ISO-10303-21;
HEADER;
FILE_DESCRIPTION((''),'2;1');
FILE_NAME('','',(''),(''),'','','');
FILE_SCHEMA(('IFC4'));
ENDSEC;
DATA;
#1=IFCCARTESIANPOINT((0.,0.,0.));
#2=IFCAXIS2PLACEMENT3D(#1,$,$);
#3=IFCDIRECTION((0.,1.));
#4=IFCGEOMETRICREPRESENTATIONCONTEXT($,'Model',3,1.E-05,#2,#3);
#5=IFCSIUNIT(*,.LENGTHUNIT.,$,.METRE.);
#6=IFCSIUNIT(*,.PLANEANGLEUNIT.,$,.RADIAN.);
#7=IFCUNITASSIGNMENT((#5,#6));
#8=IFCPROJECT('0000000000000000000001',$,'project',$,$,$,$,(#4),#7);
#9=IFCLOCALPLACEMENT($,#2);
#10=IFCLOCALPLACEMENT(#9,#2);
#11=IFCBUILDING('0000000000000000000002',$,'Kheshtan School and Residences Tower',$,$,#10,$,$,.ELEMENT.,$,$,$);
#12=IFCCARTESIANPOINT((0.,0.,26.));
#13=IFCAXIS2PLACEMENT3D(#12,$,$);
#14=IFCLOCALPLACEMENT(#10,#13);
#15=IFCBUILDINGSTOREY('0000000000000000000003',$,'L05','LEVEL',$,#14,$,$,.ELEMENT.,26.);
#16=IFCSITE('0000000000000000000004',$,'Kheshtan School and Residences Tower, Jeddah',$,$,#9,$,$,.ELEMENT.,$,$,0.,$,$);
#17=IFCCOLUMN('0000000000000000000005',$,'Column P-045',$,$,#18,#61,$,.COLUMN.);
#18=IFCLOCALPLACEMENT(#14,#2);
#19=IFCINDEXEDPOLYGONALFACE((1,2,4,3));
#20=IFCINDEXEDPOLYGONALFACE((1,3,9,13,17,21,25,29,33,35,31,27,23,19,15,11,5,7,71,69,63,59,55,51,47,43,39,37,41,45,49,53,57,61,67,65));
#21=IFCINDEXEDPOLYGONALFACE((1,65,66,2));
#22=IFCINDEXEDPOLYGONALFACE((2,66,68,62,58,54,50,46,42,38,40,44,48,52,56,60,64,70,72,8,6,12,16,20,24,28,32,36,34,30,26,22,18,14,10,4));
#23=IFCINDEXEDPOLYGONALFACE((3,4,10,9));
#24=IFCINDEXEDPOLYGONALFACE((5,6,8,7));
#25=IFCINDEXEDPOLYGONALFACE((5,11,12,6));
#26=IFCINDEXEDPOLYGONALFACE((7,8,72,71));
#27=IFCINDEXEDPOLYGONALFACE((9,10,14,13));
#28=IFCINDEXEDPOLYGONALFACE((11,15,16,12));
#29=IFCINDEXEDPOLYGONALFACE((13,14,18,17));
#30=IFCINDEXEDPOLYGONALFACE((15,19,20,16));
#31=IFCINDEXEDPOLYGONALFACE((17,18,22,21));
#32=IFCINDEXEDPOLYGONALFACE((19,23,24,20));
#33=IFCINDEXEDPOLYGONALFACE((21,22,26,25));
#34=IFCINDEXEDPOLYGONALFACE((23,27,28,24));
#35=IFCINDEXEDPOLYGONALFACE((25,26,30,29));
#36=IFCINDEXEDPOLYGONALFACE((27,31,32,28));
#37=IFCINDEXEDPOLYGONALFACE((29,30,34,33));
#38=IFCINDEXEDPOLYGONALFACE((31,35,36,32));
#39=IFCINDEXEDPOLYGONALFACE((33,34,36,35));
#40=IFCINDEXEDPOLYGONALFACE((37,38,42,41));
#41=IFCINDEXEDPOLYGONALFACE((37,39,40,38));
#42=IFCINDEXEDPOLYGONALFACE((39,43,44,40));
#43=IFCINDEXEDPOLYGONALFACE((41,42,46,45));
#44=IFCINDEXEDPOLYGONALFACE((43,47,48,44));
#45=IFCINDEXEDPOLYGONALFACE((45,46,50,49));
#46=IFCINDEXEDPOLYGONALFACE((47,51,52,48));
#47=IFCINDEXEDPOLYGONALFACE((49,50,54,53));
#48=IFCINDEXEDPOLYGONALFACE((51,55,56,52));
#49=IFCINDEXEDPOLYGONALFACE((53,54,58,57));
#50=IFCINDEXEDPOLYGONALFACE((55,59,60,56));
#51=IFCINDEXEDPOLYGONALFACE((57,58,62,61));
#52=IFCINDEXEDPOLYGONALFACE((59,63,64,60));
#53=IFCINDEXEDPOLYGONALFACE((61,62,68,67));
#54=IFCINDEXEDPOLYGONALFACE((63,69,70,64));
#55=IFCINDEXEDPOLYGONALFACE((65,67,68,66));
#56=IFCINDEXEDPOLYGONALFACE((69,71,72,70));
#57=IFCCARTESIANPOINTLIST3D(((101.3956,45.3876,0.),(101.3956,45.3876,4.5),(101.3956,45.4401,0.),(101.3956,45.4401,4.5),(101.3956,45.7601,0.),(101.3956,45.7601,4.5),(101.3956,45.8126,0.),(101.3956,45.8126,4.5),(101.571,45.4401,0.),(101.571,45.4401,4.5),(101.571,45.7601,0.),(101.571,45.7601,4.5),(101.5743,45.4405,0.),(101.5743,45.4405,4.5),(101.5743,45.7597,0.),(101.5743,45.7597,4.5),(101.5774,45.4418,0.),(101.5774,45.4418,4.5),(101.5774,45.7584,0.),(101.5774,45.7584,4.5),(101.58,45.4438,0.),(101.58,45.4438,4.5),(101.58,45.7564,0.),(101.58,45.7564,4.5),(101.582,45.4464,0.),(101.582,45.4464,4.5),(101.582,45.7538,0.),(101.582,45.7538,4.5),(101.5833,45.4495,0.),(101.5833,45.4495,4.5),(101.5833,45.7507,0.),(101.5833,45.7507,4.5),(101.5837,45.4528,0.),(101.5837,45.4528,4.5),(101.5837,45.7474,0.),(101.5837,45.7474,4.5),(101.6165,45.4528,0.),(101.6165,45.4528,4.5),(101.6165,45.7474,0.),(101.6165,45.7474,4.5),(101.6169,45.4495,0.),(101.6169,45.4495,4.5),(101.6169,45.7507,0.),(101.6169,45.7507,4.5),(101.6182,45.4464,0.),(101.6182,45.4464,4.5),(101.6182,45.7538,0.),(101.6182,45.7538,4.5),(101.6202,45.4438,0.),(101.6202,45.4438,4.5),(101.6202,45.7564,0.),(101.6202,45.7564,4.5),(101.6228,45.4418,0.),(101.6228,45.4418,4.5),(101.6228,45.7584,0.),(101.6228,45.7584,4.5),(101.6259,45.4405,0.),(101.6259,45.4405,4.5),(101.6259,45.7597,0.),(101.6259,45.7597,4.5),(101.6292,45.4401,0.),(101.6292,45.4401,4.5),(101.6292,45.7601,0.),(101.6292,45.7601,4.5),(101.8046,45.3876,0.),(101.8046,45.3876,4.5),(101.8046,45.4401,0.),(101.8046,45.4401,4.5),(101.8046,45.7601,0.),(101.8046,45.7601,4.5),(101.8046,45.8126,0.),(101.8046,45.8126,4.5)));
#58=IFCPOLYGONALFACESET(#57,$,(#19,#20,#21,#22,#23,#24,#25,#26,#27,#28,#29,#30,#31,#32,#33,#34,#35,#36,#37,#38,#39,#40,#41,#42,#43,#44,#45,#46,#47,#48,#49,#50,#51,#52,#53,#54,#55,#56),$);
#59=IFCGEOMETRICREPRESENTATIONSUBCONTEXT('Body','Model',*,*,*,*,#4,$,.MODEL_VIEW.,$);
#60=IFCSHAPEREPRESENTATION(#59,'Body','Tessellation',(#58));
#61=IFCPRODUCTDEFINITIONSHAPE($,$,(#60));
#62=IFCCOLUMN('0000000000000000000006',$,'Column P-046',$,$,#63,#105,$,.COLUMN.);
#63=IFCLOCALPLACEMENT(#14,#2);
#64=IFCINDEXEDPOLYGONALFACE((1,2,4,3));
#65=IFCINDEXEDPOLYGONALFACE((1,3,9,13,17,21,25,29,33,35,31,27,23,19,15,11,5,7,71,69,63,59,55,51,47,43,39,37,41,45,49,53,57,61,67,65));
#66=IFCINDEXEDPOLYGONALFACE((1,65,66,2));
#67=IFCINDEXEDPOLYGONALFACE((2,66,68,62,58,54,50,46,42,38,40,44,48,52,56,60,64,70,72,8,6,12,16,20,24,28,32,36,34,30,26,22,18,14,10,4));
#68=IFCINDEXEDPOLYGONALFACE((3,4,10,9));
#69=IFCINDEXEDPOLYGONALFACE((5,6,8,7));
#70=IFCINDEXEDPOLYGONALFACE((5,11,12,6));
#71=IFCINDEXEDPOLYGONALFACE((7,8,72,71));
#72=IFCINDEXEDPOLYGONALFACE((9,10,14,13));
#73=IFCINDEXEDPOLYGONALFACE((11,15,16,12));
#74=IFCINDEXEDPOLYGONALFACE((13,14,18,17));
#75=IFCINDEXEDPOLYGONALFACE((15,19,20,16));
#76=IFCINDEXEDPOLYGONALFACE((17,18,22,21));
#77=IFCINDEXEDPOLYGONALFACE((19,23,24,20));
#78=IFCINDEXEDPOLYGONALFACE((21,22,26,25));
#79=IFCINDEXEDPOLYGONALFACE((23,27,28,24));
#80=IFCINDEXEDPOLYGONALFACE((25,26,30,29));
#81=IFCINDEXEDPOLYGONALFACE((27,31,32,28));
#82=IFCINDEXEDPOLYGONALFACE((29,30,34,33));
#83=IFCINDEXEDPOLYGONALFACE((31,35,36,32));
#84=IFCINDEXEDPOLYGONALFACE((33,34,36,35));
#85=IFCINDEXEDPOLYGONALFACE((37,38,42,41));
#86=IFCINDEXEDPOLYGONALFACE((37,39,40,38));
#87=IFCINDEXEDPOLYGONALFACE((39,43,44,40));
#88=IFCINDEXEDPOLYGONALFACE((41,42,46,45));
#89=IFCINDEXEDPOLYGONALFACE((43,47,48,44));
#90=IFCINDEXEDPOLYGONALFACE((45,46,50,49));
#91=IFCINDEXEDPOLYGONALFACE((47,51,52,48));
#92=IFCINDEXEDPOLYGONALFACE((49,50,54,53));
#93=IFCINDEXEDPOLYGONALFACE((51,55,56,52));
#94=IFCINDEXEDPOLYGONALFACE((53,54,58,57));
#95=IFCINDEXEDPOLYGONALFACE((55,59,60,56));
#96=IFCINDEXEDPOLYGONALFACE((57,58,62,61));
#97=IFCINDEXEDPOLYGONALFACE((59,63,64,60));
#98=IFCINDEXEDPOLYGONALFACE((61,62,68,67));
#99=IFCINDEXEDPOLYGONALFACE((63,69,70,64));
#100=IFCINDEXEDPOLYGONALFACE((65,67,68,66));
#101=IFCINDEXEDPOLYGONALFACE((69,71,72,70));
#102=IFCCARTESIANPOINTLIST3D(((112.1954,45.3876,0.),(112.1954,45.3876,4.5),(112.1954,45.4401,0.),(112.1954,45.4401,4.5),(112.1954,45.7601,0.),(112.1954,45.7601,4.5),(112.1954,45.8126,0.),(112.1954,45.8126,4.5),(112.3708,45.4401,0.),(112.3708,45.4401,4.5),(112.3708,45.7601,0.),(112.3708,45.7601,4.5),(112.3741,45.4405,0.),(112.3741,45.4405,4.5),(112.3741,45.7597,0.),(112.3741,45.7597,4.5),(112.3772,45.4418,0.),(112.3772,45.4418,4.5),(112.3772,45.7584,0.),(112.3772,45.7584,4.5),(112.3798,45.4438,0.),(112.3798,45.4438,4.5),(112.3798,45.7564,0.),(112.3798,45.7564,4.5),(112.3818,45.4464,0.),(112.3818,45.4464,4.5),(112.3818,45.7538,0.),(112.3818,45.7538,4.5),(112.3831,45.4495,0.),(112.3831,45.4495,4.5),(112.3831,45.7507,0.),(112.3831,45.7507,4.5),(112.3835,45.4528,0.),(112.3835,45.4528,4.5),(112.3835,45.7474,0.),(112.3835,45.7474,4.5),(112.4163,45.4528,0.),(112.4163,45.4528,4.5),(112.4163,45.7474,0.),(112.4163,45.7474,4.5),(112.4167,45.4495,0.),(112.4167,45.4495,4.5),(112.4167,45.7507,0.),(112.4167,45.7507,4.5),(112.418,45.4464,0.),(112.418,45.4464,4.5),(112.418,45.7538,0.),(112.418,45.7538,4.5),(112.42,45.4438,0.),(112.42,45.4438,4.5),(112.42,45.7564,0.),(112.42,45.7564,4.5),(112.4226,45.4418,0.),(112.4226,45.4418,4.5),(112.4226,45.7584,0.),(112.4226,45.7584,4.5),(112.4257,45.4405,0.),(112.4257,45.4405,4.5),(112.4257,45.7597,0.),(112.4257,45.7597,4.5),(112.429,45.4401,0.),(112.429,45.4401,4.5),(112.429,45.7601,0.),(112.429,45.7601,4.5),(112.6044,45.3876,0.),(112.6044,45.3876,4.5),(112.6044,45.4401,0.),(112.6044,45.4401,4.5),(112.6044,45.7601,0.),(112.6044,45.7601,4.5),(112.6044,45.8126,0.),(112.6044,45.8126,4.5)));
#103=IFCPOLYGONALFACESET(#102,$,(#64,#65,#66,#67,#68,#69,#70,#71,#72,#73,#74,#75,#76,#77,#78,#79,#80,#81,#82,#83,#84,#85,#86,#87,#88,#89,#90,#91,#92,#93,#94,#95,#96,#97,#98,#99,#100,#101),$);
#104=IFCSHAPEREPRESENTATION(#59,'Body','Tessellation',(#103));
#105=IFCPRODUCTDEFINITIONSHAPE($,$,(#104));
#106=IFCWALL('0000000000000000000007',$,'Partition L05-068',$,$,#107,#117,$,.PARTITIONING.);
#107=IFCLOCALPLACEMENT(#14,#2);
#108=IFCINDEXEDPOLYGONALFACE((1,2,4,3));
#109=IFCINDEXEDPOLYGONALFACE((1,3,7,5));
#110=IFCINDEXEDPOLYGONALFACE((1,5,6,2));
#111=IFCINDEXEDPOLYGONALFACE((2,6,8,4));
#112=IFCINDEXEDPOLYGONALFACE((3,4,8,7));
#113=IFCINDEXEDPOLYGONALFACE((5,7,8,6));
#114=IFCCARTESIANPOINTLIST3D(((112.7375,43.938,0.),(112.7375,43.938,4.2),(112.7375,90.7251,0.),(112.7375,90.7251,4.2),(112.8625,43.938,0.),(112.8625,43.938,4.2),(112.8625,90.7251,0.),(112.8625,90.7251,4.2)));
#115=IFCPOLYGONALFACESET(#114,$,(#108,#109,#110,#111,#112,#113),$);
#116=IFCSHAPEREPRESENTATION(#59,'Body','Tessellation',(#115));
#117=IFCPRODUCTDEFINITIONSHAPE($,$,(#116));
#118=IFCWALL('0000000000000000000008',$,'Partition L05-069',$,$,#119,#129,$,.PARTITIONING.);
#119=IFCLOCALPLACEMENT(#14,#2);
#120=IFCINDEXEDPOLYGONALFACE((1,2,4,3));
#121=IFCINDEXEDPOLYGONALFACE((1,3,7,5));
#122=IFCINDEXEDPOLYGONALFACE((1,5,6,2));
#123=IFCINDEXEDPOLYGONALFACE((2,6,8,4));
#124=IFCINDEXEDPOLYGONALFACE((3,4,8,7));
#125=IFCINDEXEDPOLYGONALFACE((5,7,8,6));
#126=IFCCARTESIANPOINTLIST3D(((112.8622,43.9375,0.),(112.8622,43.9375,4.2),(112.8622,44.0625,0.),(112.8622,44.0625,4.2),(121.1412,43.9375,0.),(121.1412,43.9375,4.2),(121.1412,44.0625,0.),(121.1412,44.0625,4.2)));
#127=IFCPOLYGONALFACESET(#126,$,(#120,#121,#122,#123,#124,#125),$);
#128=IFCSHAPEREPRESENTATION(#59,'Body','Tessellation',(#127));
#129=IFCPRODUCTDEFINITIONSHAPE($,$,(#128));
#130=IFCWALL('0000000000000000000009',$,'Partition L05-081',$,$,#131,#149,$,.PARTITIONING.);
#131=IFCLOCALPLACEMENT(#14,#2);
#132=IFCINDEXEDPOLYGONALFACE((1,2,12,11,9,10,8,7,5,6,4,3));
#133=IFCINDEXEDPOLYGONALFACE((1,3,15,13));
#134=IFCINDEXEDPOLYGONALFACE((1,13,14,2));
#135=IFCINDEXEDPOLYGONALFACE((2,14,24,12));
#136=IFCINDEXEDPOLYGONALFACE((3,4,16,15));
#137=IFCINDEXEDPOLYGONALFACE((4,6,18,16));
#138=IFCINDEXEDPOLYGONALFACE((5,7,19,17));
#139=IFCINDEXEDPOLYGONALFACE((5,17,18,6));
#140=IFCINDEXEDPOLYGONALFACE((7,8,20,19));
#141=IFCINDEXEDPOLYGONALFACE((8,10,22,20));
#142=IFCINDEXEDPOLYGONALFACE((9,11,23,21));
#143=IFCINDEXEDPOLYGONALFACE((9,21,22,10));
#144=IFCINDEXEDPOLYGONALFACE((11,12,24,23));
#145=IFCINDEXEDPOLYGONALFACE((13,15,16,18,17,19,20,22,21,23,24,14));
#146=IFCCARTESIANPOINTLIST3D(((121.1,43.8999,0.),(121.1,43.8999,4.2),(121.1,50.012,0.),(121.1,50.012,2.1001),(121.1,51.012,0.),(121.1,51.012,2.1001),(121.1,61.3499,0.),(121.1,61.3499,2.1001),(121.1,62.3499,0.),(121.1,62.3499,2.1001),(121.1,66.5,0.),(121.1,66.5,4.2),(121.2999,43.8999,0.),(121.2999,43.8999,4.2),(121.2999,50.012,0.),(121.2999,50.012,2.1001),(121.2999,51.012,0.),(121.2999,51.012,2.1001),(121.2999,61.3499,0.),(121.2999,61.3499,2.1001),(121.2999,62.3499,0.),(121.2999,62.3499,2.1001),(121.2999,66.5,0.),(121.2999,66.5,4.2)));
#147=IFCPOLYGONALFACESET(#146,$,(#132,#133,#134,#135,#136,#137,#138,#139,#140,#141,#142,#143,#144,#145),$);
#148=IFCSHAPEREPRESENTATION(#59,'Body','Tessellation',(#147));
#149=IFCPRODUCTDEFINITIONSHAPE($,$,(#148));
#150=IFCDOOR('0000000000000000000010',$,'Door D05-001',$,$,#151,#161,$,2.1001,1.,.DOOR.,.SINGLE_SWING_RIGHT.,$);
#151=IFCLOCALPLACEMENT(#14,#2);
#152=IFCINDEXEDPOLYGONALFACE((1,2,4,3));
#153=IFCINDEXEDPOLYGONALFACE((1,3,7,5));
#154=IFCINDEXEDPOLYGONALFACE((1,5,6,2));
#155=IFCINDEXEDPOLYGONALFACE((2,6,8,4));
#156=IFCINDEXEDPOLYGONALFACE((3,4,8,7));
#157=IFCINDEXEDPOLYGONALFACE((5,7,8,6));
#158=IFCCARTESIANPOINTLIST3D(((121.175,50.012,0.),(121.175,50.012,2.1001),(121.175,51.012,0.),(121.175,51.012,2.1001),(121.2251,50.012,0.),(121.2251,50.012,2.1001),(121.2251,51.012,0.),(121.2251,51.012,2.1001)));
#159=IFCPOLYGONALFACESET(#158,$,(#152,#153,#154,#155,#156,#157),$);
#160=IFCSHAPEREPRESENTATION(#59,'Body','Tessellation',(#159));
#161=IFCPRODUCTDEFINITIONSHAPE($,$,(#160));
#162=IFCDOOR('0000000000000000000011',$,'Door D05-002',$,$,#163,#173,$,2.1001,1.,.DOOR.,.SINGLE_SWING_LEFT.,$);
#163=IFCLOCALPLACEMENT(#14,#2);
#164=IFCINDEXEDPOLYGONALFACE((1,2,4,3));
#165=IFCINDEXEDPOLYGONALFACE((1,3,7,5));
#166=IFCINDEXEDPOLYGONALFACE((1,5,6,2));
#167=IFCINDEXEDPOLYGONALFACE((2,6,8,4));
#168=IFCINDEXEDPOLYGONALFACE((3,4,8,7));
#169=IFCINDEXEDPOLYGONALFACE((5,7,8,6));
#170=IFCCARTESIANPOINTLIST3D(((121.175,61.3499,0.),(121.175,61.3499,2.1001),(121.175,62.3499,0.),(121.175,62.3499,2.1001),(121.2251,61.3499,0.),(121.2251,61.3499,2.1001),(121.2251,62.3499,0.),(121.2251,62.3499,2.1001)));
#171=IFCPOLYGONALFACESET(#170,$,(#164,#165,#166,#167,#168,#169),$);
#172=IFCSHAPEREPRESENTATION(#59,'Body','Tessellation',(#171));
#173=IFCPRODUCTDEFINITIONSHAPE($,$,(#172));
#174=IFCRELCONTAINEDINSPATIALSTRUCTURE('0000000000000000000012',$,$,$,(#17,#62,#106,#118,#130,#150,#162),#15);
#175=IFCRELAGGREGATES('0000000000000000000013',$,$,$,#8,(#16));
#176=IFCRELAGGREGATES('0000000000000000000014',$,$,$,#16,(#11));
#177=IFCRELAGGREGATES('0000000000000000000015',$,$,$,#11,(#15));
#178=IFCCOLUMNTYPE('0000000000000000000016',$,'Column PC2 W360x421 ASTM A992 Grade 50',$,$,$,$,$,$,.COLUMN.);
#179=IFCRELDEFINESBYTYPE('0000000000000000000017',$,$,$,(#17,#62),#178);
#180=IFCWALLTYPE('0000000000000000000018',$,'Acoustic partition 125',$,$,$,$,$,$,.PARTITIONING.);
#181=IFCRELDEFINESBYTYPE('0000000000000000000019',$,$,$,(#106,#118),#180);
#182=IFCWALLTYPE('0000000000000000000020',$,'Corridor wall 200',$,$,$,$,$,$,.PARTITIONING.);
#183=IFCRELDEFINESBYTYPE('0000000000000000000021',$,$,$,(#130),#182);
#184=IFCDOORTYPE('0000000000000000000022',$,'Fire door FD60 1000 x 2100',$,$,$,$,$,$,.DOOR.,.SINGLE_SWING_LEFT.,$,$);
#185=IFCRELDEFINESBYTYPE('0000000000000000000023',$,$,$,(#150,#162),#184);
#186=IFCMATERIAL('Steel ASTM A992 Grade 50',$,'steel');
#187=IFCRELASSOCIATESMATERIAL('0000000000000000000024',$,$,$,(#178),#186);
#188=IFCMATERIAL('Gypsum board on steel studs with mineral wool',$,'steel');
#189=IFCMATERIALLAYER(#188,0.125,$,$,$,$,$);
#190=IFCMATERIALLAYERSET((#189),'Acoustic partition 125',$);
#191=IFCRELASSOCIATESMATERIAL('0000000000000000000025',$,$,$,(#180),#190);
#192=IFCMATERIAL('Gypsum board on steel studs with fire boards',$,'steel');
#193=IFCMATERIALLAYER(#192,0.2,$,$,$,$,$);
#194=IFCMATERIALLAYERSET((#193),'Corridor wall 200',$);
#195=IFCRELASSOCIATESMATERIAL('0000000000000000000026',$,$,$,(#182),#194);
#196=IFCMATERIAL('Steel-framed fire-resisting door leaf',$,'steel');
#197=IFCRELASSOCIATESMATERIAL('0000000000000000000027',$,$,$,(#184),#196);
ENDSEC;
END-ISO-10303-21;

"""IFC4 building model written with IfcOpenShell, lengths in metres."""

from ifc_helpers import new_model, si_unit, direction, frame, frame_2d, origin, origin_2d, place, context, subcontext, project, spatial, rectangle, i_section, extrude, source, transform, mapped, material, layer, layer_set, material_profile, profile_set, type_object, element, fill, save


model = new_model("IFC4")

# Units and contexts
model_context = context("Model", 3, precision=1e-05, world=origin(), true_north=direction((0.0, 1.0)))
body_context = subcontext(model_context, "Body", "Model", "MODEL_VIEW")
ifc_project = project(units=[si_unit("LENGTHUNIT", "METRE"), si_unit("PLANEANGLEUNIT", "RADIAN")], contexts=[model_context])

# Site, building, storey
site_placement = place(None, origin())
site = spatial("IfcSite", under=ifc_project, at=site_placement, Name="Kheshtan School and Residences Tower, Jeddah", CompositionType="ELEMENT", RefElevation=0.0)
building_placement = place(site_placement, origin())
building = spatial("IfcBuilding", under=site, at=building_placement, Name="Kheshtan School and Residences Tower", CompositionType="ELEMENT")
storey_placement = place(building_placement, frame((0.0, 0.0, 26.0)))
storey = spatial("IfcBuildingStorey", under=building, at=storey_placement, Name="L05", Description="LEVEL", CompositionType="ELEMENT", Elevation=26.0)

# Columns
ifc_material_1 = material(Name="Steel ASTM A992 Grade 50", Category="steel")
ifc_material_profile = material_profile(ifc_material_1, i_section(OverallWidth=0.4089, OverallDepth=0.425, WebThickness=0.0327, FlangeThickness=0.0525, FilletRadius=0.0127, at=origin_2d()), Name="W360x421")
ifc_profile_set = profile_set([ifc_material_profile], Name="Steel ASTM A992 Grade 50")
column_type = type_object("IfcColumnType", Name="Column PC2 W360x421 ASTM A992 Grade 50", PredefinedType="COLUMN", material=ifc_profile_set)
for number, where, z_axis, x_axis, name in (
    (1, (101.6001, 45.6001, 0.0), (0.0, 0.0, 1.0), (1.0, 0.0, 0.0), "Column P-045"),
    (2, (112.3999, 45.6001, 0.0), (0.0, 0.0, 1.0), (1.0, 0.0, 0.0), "Column P-046"),
):
    element("IfcColumn", number, at=place(storey_placement, frame(where, z_axis=z_axis, x_axis=x_axis)), inside=storey, type_object=column_type, Name=name, PredefinedType="COLUMN", context=body_context, shape_type="SweptSolid", body=[
        extrude(i_section(OverallWidth=0.4089, OverallDepth=0.425, WebThickness=0.0327, FlangeThickness=0.0525, FilletRadius=0.0127, at=origin_2d()), origin(), (0.0, 0.0, 1.0), 4.5),
    ])

# Walls
ifc_material_2 = material(Name="Gypsum board on steel studs with mineral wool", Category="steel")
ifc_layer_1 = layer(ifc_material_2, 0.125)
ifc_layer_set_1 = layer_set([ifc_layer_1], Name="Acoustic partition 125")
wall_type_1 = type_object("IfcWallType", Name="Acoustic partition 125", PredefinedType="PARTITIONING", material=ifc_layer_set_1)
wall_1_placement = place(storey_placement, frame((112.8, 43.938, 0.0), z_axis=(0.0, 0.0, 1.0), x_axis=(0.0, 1.0, 0.0)))
element("IfcWall", 3, at=wall_1_placement, inside=storey, type_object=wall_type_1, Name="Partition L05-068", PredefinedType="PARTITIONING", context=body_context, shape_type="SweptSolid", body=[
    extrude(rectangle(XDim=46.7871, YDim=0.125, at=frame_2d((23.3936, 0.0))), origin(), (0.0, 0.0, 1.0), 4.2),
])
wall_2_placement = place(storey_placement, frame((112.8621, 44.0, 0.0), z_axis=(0.0, 0.0, 1.0), x_axis=(1.0, 0.0, 0.0)))
element("IfcWall", 4, at=wall_2_placement, inside=storey, type_object=wall_type_1, Name="Partition L05-069", PredefinedType="PARTITIONING", context=body_context, shape_type="SweptSolid", body=[
    extrude(rectangle(XDim=8.2791, YDim=0.125, at=frame_2d((4.1396, 0.0))), origin(), (0.0, 0.0, 1.0), 4.2),
])

# Wall, openings, doors
ifc_material_3 = material(Name="Gypsum board on steel studs with fire boards", Category="steel")
ifc_layer_2 = layer(ifc_material_3, 0.2)
ifc_layer_set_2 = layer_set([ifc_layer_2], Name="Corridor wall 200")
wall_type_2 = type_object("IfcWallType", Name="Corridor wall 200", PredefinedType="PARTITIONING", material=ifc_layer_set_2)
wall_3_placement = place(storey_placement, frame((121.2, 43.8999, 0.0), z_axis=(0.0, 0.0, 1.0), x_axis=(0.0, 1.0, 0.0)))
wall_3 = element("IfcWall", 5, at=wall_3_placement, inside=storey, type_object=wall_type_2, Name="Partition L05-081", PredefinedType="PARTITIONING", context=body_context, shape_type="SweptSolid", body=[
    extrude(rectangle(XDim=22.6001, YDim=0.2, at=frame_2d((11.3, 0.0))), origin(), (0.0, 0.0, 1.0), 4.2),
])
opening_1_placement = place(wall_3_placement, frame((6.1121, 0.0, 0.0)))
opening_1 = element("IfcOpeningElement", 6, at=opening_1_placement, cuts=wall_3, PredefinedType="OPENING", context=body_context, shape_type="SweptSolid", body=[
    extrude(rectangle(XDim=1.0, YDim=2.1001, at=frame_2d((0.5, 1.05))), frame((0.0, 0.1099, 0.0), z_axis=(0.0, -1.0, 0.0), x_axis=(1.0, 0.0, 0.0)), (0.0, 0.0, 1.0), 0.22),
])
opening_2_placement = place(wall_3_placement, frame((17.45, 0.0, 0.0)))
opening_2 = element("IfcOpeningElement", 7, at=opening_2_placement, cuts=wall_3, PredefinedType="OPENING", context=body_context, shape_type="SweptSolid", body=[
    extrude(rectangle(XDim=1.0, YDim=2.1001, at=frame_2d((0.5, 1.05))), frame((0.0, 0.1099, 0.0), z_axis=(0.0, -1.0, 0.0), x_axis=(1.0, 0.0, 0.0)), (0.0, 0.0, 1.0), 0.22),
])
ifc_material_4 = material(Name="Steel-framed fire-resisting door leaf", Category="steel")
door_type_1 = type_object("IfcDoorType", Name="Fire door FD60 1000 x 2100", OperationType="SINGLE_SWING_LEFT", PredefinedType="DOOR", material=ifc_material_4)
shared_shape_1 = source(origin(), body_context, "Body", "SweptSolid", [
    extrude(rectangle(XDim=1.0, YDim=2.1001, at=frame_2d((0.5, 1.05))), frame((0.0, 0.0249, 0.0), z_axis=(0.0, -1.0, 0.0), x_axis=(1.0, 0.0, 0.0)), (0.0, 0.0, 1.0), 0.05),
])
door_1_placement = place(opening_1_placement, origin())
door_1 = element("IfcDoor", 8, at=door_1_placement, inside=storey, type_object=door_type_1, Name="Door D05-001", OperationType="SINGLE_SWING_RIGHT", OverallHeight=2.1001, OverallWidth=1.0, PredefinedType="DOOR", context=body_context, shape_type="MappedRepresentation", body=[
    mapped(shared_shape_1, transform((0.0, 0.0, 0.0), x_axis=(1.0, 0.0, 0.0), y_axis=(0.0, 1.0, 0.0), z_axis=(0.0, 0.0, 1.0), scale=1.0)),
])
fill(opening_1, door_1)
door_2_placement = place(opening_2_placement, origin())
door_2 = element("IfcDoor", 9, at=door_2_placement, inside=storey, type_object=door_type_1, Name="Door D05-002", OperationType="SINGLE_SWING_LEFT", OverallHeight=2.1001, OverallWidth=1.0, PredefinedType="DOOR", context=body_context, shape_type="MappedRepresentation", body=[
    mapped(shared_shape_1, transform((0.0, 0.0, 0.0), x_axis=(1.0, 0.0, 0.0), y_axis=(0.0, 1.0, 0.0), z_axis=(0.0, 0.0, 1.0), scale=1.0)),
])
fill(opening_2, door_2)

save(model, "model.ifc")
